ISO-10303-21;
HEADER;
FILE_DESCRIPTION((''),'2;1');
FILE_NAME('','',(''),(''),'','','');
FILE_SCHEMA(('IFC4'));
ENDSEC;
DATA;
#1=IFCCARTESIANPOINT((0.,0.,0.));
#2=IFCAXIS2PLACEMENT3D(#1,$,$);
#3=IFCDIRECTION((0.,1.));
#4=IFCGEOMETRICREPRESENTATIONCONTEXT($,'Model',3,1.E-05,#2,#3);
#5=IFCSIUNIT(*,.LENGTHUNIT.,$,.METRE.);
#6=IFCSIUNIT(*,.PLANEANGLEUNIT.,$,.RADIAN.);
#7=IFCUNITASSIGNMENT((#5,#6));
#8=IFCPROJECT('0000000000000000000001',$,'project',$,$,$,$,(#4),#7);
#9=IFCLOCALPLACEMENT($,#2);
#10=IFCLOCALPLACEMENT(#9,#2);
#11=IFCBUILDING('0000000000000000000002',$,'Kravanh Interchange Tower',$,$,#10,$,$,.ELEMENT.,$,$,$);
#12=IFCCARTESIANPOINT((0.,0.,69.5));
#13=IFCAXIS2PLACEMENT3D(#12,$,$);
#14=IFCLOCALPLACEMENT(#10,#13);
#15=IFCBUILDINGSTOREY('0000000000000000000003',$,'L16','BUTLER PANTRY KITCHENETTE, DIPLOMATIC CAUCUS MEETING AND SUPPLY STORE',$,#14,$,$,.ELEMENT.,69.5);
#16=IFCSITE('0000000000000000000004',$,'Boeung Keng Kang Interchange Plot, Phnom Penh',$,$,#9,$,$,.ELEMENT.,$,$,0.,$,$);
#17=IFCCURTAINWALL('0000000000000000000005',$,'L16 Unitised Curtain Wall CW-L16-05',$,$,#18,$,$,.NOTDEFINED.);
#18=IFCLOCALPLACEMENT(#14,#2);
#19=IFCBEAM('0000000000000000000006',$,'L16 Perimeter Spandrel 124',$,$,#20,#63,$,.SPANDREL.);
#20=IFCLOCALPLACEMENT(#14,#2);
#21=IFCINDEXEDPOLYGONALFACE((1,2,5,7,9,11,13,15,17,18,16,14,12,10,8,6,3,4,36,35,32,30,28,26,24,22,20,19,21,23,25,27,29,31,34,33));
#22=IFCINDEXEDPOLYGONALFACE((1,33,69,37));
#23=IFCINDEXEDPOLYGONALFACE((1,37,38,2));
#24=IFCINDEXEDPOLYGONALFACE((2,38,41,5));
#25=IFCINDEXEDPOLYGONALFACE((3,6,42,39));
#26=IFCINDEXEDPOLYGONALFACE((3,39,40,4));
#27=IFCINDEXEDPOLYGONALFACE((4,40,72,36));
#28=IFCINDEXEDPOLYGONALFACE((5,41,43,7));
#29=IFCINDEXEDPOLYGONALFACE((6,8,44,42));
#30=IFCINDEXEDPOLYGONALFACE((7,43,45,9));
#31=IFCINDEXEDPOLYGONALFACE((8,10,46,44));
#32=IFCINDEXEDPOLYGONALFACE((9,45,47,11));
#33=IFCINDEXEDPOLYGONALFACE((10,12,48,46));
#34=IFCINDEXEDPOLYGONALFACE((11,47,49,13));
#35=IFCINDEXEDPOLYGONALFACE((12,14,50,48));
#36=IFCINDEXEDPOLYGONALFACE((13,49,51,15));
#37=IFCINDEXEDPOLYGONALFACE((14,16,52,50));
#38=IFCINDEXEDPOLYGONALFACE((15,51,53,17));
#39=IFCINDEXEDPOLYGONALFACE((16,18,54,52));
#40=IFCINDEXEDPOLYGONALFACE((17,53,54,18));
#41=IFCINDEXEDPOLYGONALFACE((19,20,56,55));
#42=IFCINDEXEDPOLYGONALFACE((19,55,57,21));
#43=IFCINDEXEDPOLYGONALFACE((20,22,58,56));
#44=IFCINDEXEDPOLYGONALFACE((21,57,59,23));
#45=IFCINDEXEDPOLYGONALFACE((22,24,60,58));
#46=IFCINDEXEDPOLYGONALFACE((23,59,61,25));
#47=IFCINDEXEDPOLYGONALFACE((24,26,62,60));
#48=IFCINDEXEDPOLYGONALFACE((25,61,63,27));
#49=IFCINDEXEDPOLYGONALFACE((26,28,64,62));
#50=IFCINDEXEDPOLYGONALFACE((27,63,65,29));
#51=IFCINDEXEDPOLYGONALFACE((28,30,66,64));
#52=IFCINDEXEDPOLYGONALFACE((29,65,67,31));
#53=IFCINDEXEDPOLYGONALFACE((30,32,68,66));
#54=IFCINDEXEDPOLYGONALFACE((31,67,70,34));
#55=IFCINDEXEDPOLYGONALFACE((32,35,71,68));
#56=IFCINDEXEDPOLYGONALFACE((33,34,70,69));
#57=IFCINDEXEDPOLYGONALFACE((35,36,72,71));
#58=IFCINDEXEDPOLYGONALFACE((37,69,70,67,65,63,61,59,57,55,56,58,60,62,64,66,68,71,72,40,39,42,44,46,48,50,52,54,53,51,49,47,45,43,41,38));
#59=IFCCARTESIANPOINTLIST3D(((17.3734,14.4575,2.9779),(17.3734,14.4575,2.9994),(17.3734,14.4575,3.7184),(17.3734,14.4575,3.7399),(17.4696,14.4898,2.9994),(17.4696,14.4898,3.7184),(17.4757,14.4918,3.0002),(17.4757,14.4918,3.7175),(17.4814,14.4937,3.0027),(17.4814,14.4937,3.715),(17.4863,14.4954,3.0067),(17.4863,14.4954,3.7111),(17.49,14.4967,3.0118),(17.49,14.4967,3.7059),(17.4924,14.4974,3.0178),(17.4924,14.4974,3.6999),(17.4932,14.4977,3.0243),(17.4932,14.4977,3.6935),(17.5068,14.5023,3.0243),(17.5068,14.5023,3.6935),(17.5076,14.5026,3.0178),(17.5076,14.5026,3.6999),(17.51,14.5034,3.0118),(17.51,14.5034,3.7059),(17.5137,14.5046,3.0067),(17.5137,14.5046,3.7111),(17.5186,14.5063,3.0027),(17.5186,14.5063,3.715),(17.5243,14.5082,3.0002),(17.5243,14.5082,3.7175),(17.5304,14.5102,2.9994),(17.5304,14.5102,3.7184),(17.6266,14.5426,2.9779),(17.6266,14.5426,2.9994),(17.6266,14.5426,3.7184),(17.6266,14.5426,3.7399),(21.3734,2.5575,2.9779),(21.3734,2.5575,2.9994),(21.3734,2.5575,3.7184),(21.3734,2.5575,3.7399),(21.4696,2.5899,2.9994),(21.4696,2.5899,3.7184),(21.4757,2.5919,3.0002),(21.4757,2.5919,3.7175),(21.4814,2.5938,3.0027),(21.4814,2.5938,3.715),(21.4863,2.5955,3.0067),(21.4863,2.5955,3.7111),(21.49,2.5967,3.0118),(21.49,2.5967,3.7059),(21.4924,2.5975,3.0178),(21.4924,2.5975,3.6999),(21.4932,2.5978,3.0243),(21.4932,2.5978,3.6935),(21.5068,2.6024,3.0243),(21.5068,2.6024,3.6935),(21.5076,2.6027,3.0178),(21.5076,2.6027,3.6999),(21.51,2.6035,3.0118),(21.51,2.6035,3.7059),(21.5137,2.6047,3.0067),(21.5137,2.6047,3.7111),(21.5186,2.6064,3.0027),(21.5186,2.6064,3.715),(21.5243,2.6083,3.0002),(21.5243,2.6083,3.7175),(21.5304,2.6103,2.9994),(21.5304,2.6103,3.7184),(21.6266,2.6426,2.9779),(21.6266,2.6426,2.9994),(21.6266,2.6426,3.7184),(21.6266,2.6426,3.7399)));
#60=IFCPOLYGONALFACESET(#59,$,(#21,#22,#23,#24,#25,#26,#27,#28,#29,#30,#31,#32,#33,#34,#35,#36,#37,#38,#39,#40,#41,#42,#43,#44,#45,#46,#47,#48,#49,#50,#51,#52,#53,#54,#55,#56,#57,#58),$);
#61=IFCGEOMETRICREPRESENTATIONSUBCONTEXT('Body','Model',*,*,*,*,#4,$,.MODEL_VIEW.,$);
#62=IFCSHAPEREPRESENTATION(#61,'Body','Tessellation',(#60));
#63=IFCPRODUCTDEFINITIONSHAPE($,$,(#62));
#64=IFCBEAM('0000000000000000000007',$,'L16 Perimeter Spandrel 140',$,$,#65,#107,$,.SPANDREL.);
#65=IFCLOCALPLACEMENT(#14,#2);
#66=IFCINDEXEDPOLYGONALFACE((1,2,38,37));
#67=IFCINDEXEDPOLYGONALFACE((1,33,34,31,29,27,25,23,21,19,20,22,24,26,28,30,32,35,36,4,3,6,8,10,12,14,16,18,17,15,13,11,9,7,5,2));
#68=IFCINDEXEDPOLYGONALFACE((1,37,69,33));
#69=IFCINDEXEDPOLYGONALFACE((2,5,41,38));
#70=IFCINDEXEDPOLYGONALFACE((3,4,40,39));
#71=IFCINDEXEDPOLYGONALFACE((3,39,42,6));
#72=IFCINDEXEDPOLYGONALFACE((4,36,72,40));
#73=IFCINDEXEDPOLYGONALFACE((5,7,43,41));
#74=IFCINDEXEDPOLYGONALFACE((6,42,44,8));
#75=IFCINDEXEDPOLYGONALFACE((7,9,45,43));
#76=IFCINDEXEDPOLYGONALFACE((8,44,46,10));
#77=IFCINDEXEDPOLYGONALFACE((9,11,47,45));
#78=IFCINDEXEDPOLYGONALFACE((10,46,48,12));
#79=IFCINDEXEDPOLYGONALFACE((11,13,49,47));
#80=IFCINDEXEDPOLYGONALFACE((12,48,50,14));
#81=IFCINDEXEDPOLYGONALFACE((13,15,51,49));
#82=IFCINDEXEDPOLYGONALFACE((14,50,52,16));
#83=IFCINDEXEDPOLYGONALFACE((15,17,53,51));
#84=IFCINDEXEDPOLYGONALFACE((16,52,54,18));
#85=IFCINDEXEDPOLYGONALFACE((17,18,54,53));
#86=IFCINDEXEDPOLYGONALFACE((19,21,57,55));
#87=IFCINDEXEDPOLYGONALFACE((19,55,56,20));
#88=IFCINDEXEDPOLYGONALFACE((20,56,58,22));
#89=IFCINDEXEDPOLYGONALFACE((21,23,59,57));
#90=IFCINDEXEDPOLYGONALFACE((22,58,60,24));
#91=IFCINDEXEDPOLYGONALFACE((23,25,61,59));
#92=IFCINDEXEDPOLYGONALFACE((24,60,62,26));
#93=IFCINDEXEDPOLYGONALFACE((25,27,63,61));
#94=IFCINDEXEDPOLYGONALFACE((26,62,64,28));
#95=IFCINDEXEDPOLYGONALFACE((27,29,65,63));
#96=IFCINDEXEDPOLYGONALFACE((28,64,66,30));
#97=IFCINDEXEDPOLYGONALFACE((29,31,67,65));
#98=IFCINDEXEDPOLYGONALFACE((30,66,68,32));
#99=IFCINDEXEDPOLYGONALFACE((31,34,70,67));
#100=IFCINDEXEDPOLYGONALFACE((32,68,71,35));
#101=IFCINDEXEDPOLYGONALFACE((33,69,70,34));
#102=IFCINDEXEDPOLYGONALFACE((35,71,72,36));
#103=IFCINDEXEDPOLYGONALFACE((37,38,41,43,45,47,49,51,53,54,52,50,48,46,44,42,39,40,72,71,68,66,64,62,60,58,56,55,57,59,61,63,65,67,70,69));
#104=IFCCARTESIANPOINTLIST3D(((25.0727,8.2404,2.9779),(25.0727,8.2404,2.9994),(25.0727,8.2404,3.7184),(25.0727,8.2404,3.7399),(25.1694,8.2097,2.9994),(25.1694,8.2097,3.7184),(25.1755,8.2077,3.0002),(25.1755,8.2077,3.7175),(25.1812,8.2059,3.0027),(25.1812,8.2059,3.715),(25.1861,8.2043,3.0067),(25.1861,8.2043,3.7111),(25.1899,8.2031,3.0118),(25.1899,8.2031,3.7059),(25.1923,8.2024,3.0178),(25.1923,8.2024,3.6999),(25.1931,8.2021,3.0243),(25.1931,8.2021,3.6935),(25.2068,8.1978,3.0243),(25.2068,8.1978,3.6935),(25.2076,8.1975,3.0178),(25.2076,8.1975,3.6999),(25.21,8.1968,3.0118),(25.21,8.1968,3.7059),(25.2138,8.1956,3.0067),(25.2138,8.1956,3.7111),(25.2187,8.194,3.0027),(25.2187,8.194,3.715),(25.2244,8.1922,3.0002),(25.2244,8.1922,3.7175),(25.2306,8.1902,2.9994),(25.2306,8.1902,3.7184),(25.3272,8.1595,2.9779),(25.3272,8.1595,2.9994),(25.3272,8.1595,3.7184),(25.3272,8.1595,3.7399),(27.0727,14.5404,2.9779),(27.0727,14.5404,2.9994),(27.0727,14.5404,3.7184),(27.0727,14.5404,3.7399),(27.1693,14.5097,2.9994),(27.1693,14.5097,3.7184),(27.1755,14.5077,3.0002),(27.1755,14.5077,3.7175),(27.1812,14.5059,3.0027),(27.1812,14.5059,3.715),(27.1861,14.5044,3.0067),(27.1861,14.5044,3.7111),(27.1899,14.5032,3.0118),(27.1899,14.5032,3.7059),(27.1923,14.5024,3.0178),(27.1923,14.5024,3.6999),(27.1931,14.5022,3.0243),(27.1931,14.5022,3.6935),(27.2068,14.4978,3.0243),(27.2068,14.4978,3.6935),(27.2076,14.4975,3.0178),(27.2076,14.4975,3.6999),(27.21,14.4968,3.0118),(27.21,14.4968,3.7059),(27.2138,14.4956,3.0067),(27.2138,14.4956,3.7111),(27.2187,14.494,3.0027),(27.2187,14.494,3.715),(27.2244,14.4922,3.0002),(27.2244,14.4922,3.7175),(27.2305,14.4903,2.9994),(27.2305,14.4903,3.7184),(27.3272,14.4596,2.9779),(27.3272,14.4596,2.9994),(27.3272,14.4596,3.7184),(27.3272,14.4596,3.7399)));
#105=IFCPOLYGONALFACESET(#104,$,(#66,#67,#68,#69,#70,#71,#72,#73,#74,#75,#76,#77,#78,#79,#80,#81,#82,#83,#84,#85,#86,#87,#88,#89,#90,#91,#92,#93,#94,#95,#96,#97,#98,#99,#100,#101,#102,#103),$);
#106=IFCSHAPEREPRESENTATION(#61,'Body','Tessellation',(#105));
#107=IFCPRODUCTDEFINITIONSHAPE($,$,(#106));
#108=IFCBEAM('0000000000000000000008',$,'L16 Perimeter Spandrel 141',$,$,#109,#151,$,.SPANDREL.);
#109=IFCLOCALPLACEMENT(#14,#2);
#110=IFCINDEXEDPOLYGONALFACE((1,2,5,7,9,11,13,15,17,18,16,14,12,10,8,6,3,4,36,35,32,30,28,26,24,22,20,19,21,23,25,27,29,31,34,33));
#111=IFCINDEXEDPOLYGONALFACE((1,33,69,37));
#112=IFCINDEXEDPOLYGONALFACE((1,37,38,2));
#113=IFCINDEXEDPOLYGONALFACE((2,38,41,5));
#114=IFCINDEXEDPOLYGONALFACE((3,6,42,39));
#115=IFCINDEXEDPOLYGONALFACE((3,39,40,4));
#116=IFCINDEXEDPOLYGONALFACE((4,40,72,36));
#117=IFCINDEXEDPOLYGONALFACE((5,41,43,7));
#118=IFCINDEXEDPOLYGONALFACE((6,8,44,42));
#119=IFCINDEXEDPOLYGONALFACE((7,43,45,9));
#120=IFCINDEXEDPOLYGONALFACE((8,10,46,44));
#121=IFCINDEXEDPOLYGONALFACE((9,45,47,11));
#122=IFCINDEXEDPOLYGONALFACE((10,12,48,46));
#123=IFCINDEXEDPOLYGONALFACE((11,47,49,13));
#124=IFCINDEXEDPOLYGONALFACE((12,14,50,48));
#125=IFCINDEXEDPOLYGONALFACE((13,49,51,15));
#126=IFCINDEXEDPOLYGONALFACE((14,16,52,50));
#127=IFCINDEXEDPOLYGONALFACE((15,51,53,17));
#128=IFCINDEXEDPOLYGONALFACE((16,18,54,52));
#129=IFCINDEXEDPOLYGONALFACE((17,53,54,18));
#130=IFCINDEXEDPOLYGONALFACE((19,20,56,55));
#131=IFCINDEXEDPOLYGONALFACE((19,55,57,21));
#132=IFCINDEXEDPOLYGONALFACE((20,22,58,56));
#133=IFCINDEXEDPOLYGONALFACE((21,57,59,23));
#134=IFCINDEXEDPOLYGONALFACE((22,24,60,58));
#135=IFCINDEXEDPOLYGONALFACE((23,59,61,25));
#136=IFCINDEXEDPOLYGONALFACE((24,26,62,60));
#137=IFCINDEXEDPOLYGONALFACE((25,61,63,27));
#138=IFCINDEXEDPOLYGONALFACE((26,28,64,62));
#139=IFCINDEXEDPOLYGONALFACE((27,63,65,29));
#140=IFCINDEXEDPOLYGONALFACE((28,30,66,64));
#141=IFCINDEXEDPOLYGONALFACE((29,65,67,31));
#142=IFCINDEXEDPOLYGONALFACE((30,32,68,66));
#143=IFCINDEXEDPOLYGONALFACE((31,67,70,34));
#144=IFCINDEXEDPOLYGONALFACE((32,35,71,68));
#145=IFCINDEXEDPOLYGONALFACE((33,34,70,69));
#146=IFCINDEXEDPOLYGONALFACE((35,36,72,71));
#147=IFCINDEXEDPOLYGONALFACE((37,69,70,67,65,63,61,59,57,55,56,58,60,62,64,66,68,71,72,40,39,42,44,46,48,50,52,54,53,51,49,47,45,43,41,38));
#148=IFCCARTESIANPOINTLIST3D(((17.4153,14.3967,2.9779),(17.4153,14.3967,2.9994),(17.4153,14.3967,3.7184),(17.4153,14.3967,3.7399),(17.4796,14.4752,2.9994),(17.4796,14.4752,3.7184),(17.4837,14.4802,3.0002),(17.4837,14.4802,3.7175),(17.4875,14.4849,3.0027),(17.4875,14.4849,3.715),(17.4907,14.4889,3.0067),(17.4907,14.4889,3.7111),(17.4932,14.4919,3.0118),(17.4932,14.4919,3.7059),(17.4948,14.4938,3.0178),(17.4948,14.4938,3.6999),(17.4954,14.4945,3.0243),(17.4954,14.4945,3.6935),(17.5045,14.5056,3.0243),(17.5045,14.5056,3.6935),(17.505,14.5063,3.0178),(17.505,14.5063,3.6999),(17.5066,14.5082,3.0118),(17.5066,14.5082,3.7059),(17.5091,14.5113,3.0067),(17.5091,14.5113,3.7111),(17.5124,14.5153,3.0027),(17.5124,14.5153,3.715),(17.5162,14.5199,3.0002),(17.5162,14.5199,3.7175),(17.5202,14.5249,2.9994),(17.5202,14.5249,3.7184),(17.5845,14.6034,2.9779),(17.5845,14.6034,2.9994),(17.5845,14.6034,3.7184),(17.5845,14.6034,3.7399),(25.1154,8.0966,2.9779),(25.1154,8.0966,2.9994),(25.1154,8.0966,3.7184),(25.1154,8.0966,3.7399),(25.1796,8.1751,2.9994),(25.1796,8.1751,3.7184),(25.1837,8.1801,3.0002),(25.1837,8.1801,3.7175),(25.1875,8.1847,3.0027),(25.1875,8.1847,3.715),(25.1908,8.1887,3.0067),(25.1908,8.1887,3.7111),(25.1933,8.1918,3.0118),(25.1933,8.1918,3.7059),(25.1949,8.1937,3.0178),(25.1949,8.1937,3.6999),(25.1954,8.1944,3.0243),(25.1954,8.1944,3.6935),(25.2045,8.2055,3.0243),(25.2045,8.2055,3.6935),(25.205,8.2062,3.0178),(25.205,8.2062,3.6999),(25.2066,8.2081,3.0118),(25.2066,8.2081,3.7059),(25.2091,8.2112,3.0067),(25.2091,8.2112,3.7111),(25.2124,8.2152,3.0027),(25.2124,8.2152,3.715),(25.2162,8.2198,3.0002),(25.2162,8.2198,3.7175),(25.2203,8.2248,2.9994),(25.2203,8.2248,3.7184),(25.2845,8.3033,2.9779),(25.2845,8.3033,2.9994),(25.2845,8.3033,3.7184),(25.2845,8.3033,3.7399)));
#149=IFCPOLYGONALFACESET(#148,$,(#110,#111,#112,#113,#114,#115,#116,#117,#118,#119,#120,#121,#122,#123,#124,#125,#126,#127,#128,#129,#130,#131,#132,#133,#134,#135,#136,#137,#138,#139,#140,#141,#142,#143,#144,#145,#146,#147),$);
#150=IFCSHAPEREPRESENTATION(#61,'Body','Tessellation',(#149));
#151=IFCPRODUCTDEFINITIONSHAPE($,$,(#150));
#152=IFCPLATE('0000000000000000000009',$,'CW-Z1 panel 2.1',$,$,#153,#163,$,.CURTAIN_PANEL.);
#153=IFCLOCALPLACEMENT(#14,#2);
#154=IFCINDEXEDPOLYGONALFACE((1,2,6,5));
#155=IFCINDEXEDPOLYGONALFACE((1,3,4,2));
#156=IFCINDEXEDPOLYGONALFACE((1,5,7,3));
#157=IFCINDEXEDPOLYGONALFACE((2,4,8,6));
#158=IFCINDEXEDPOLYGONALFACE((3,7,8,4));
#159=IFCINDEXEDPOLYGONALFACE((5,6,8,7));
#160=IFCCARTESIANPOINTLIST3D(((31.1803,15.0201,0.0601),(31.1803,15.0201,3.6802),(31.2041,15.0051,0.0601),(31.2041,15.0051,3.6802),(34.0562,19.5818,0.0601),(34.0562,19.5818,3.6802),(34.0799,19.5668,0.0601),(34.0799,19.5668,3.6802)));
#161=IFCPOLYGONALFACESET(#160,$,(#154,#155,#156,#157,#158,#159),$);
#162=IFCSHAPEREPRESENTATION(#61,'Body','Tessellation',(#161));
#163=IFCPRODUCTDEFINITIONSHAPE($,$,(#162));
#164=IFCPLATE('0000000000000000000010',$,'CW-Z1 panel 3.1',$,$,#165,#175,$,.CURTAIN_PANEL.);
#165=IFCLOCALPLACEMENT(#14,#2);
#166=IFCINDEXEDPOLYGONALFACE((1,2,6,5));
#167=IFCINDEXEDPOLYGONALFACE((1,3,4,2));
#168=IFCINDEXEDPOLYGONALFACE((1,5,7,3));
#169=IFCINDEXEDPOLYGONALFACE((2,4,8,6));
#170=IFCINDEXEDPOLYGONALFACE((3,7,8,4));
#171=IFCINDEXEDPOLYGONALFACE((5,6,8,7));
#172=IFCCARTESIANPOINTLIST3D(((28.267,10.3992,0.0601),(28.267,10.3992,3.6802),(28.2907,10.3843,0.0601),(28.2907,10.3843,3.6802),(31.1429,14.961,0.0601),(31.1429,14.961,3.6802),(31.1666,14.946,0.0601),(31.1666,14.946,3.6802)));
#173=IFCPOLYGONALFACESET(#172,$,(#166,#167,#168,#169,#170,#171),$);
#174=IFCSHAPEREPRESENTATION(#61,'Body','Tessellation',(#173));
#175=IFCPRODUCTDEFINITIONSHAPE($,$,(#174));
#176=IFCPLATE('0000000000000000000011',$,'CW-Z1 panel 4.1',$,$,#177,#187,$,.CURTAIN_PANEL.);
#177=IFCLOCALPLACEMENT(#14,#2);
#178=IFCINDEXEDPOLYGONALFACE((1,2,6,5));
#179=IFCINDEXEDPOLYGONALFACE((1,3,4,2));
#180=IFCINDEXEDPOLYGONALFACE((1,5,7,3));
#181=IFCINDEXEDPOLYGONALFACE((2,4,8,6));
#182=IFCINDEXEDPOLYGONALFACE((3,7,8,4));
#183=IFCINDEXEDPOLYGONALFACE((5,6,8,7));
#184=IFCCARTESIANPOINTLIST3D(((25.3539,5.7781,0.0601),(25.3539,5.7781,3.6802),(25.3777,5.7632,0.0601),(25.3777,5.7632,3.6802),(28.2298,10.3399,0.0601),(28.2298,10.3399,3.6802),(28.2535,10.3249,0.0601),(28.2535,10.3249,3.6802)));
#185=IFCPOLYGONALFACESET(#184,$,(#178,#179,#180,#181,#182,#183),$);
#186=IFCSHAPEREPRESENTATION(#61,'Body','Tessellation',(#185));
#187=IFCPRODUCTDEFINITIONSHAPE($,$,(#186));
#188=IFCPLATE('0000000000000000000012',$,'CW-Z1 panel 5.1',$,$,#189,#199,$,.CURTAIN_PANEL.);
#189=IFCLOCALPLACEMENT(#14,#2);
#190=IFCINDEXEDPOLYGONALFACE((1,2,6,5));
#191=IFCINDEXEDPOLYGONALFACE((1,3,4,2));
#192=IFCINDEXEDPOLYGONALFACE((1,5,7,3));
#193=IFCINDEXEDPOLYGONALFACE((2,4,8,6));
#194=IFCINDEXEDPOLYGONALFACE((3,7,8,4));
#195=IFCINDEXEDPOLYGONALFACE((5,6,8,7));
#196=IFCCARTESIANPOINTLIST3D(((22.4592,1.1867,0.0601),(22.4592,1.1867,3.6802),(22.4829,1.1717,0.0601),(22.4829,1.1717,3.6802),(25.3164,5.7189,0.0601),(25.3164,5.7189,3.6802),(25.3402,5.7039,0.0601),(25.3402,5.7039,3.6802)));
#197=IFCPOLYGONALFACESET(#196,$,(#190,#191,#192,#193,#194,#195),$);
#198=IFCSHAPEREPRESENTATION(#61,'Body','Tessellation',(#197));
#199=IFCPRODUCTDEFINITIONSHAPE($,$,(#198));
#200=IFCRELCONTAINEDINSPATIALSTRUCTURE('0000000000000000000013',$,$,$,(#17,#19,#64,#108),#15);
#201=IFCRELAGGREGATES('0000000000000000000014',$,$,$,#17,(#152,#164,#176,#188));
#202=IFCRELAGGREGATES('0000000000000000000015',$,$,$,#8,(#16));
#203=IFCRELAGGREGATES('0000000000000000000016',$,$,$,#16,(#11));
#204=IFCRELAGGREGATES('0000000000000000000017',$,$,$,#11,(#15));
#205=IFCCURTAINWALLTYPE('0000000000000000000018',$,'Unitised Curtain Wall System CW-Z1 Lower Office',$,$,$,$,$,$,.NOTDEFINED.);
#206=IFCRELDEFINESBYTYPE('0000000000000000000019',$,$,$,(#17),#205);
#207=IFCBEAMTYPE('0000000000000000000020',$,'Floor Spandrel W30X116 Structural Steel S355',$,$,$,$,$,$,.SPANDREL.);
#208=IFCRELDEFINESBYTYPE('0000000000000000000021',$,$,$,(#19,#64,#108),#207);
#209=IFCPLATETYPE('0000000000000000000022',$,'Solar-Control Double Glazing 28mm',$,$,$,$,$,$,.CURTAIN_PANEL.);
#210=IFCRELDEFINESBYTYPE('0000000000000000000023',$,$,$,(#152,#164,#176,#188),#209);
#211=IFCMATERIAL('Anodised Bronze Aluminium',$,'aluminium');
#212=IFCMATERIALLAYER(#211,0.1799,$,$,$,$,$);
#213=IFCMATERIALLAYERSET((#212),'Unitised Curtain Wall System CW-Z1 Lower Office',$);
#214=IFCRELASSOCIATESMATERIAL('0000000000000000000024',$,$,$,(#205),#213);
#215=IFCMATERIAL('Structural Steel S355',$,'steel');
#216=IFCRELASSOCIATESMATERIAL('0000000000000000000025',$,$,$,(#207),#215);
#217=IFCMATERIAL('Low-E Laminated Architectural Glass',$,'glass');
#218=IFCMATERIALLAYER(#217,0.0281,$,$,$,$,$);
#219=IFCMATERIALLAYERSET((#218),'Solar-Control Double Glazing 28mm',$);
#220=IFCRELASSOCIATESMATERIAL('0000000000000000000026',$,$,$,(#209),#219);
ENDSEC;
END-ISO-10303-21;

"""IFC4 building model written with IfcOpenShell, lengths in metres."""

from ifc_helpers import new_model, si_unit, direction, frame, origin, origin_2d, place, context, subcontext, project, spatial, rectangle, i_section, extrude, material, layer, layer_set, material_profile, profile_set, type_object, element, aggregate, save


model = new_model("IFC4")

# Units and contexts
model_context = context("Model", 3, precision=1e-05, world=origin(), true_north=direction((0.0, 1.0)))
body_context = subcontext(model_context, "Body", "Model", "MODEL_VIEW")
ifc_project = project(units=[si_unit("LENGTHUNIT", "METRE"), si_unit("PLANEANGLEUNIT", "RADIAN")], contexts=[model_context])

# Site, building, storey
site_placement = place(None, origin())
site = spatial("IfcSite", under=ifc_project, at=site_placement, Name="Boeung Keng Kang Interchange Plot, Phnom Penh", CompositionType="ELEMENT", RefElevation=0.0)
building_placement = place(site_placement, origin())
building = spatial("IfcBuilding", under=site, at=building_placement, Name="Kravanh Interchange Tower", CompositionType="ELEMENT")
storey_placement = place(building_placement, frame((0.0, 0.0, 69.5)))
storey = spatial("IfcBuildingStorey", under=building, at=storey_placement, Name="L16", Description="BUTLER PANTRY KITCHENETTE, DIPLOMATIC CAUCUS MEETING AND SUPPLY STORE", CompositionType="ELEMENT", Elevation=69.5)

# Curtain wall
ifc_material_1 = material(Name="Anodised Bronze Aluminium", Category="aluminium")
ifc_layer_1 = layer(ifc_material_1, 0.1799)
ifc_layer_set_1 = layer_set([ifc_layer_1], Name="Unitised Curtain Wall System CW-Z1 Lower Office")
curtain_wall_type = type_object("IfcCurtainWallType", Name="Unitised Curtain Wall System CW-Z1 Lower Office", PredefinedType="NOTDEFINED", material=ifc_layer_set_1)
curtain_wall_1_placement = place(storey_placement, origin())
curtain_wall_1 = element("IfcCurtainWall", 1, at=curtain_wall_1_placement, inside=storey, type_object=curtain_wall_type, Name="L16 Unitised Curtain Wall CW-L16-05", PredefinedType="NOTDEFINED")

# Beams
ifc_material_2 = material(Name="Structural Steel S355", Category="steel")
ifc_material_profile_1 = material_profile(ifc_material_2, i_section(OverallWidth=0.2671, OverallDepth=0.762, WebThickness=0.0144, FlangeThickness=0.0215, FilletRadius=0.0249, at=origin_2d()), Name="W30X116")
ifc_profile_set_1 = profile_set([ifc_material_profile_1], Name="Structural Steel S355")
beam_type_1 = type_object("IfcBeamType", Name="Floor Spandrel W30X116 Structural Steel S355", PredefinedType="SPANDREL", material=ifc_profile_set_1)
beam_1_placement = place(storey_placement, frame((21.5, 2.6001, 3.3589), z_axis=(-0.318619, 0.947883, 0.0), x_axis=(-0.947883, -0.318619, 0.0)))
element("IfcBeam", 2, at=beam_1_placement, inside=storey, type_object=beam_type_1, Name="L16 Perimeter Spandrel 124", PredefinedType="SPANDREL", context=body_context, shape_type="SweptSolid", body=[
    extrude(i_section(OverallWidth=0.2671, OverallDepth=0.762, WebThickness=0.0144, FlangeThickness=0.0215, FilletRadius=0.0249, at=origin_2d()), origin(), (0.0, 0.0, 1.0), 12.5542),
])
beam_2_placement = place(storey_placement, frame((25.2, 8.2, 3.3589), z_axis=(0.302577, 0.953125, 0.0), x_axis=(-0.953125, 0.302577, 0.0)))
element("IfcBeam", 3, at=beam_2_placement, inside=storey, type_object=beam_type_1, Name="L16 Perimeter Spandrel 140", PredefinedType="SPANDREL", context=body_context, shape_type="SweptSolid", body=[
    extrude(i_section(OverallWidth=0.2671, OverallDepth=0.762, WebThickness=0.0144, FlangeThickness=0.0215, FilletRadius=0.0249, at=origin_2d()), origin(), (0.0, 0.0, 1.0), 6.6099),
])
beam_3_placement = place(storey_placement, frame((25.2, 8.2, 3.3589), z_axis=(-0.773953, 0.633243, 0.0), x_axis=(-0.633243, -0.773953, 0.0)))
element("IfcBeam", 4, at=beam_3_placement, inside=storey, type_object=beam_type_1, Name="L16 Perimeter Spandrel 141", PredefinedType="SPANDREL", context=body_context, shape_type="SweptSolid", body=[
    extrude(i_section(OverallWidth=0.2671, OverallDepth=0.762, WebThickness=0.0144, FlangeThickness=0.0215, FilletRadius=0.0249, at=origin_2d()), origin(), (0.0, 0.0, 1.0), 9.949),
])

# Plates
ifc_material_3 = material(Name="Low-E Laminated Architectural Glass", Category="glass")
ifc_layer_2 = layer(ifc_material_3, 0.0281)
ifc_layer_set_2 = layer_set([ifc_layer_2], Name="Solar-Control Double Glazing 28mm")
plate_type = type_object("IfcPlateType", Name="Solar-Control Double Glazing 28mm", PredefinedType="CURTAIN_PANEL", material=ifc_layer_set_2)
plate_1_placement = place(storey_placement, frame((32.6301, 17.2935, 0.0601), z_axis=(0.0, 0.0, 1.0), x_axis=(-0.533301, -0.845926, 0.0)))
plate_1 = element("IfcPlate", 5, at=plate_1_placement, type_object=plate_type, Name="CW-Z1 panel 2.1", PredefinedType="CURTAIN_PANEL", context=body_context, shape_type="SweptSolid", body=[
    extrude(rectangle(XDim=5.3926, YDim=0.0281, at=origin_2d()), origin(), (0.0, 0.0, 1.0), 3.6201),
])
plate_2_placement = place(storey_placement, frame((29.7168, 12.6726, 0.0601), z_axis=(0.0, 0.0, 1.0), x_axis=(-0.533301, -0.845926, 0.0)))
plate_2 = element("IfcPlate", 6, at=plate_2_placement, type_object=plate_type, Name="CW-Z1 panel 3.1", PredefinedType="CURTAIN_PANEL", context=body_context, shape_type="SweptSolid", body=[
    extrude(rectangle(XDim=5.3926, YDim=0.0281, at=origin_2d()), origin(), (0.0, 0.0, 1.0), 3.6201),
])
plate_3_placement = place(storey_placement, frame((26.8037, 8.0515, 0.0601), z_axis=(0.0, 0.0, 1.0), x_axis=(-0.533301, -0.845926, 0.0)))
plate_3 = element("IfcPlate", 7, at=plate_3_placement, type_object=plate_type, Name="CW-Z1 panel 4.1", PredefinedType="CURTAIN_PANEL", context=body_context, shape_type="SweptSolid", body=[
    extrude(rectangle(XDim=5.3926, YDim=0.0281, at=origin_2d()), origin(), (0.0, 0.0, 1.0), 3.6201),
])
plate_4_placement = place(storey_placement, frame((23.8997, 3.4453, 0.0601), z_axis=(0.0, 0.0, 1.0), x_axis=(-0.533301, -0.845926, 0.0)))
plate_4 = element("IfcPlate", 8, at=plate_4_placement, type_object=plate_type, Name="CW-Z1 panel 5.1", PredefinedType="CURTAIN_PANEL", context=body_context, shape_type="SweptSolid", body=[
    extrude(rectangle(XDim=5.3577, YDim=0.0281, at=origin_2d()), origin(), (0.0, 0.0, 1.0), 3.6201),
])
aggregate(curtain_wall_1, [plate_1, plate_2, plate_3, plate_4])

save(model, "model.ifc")
